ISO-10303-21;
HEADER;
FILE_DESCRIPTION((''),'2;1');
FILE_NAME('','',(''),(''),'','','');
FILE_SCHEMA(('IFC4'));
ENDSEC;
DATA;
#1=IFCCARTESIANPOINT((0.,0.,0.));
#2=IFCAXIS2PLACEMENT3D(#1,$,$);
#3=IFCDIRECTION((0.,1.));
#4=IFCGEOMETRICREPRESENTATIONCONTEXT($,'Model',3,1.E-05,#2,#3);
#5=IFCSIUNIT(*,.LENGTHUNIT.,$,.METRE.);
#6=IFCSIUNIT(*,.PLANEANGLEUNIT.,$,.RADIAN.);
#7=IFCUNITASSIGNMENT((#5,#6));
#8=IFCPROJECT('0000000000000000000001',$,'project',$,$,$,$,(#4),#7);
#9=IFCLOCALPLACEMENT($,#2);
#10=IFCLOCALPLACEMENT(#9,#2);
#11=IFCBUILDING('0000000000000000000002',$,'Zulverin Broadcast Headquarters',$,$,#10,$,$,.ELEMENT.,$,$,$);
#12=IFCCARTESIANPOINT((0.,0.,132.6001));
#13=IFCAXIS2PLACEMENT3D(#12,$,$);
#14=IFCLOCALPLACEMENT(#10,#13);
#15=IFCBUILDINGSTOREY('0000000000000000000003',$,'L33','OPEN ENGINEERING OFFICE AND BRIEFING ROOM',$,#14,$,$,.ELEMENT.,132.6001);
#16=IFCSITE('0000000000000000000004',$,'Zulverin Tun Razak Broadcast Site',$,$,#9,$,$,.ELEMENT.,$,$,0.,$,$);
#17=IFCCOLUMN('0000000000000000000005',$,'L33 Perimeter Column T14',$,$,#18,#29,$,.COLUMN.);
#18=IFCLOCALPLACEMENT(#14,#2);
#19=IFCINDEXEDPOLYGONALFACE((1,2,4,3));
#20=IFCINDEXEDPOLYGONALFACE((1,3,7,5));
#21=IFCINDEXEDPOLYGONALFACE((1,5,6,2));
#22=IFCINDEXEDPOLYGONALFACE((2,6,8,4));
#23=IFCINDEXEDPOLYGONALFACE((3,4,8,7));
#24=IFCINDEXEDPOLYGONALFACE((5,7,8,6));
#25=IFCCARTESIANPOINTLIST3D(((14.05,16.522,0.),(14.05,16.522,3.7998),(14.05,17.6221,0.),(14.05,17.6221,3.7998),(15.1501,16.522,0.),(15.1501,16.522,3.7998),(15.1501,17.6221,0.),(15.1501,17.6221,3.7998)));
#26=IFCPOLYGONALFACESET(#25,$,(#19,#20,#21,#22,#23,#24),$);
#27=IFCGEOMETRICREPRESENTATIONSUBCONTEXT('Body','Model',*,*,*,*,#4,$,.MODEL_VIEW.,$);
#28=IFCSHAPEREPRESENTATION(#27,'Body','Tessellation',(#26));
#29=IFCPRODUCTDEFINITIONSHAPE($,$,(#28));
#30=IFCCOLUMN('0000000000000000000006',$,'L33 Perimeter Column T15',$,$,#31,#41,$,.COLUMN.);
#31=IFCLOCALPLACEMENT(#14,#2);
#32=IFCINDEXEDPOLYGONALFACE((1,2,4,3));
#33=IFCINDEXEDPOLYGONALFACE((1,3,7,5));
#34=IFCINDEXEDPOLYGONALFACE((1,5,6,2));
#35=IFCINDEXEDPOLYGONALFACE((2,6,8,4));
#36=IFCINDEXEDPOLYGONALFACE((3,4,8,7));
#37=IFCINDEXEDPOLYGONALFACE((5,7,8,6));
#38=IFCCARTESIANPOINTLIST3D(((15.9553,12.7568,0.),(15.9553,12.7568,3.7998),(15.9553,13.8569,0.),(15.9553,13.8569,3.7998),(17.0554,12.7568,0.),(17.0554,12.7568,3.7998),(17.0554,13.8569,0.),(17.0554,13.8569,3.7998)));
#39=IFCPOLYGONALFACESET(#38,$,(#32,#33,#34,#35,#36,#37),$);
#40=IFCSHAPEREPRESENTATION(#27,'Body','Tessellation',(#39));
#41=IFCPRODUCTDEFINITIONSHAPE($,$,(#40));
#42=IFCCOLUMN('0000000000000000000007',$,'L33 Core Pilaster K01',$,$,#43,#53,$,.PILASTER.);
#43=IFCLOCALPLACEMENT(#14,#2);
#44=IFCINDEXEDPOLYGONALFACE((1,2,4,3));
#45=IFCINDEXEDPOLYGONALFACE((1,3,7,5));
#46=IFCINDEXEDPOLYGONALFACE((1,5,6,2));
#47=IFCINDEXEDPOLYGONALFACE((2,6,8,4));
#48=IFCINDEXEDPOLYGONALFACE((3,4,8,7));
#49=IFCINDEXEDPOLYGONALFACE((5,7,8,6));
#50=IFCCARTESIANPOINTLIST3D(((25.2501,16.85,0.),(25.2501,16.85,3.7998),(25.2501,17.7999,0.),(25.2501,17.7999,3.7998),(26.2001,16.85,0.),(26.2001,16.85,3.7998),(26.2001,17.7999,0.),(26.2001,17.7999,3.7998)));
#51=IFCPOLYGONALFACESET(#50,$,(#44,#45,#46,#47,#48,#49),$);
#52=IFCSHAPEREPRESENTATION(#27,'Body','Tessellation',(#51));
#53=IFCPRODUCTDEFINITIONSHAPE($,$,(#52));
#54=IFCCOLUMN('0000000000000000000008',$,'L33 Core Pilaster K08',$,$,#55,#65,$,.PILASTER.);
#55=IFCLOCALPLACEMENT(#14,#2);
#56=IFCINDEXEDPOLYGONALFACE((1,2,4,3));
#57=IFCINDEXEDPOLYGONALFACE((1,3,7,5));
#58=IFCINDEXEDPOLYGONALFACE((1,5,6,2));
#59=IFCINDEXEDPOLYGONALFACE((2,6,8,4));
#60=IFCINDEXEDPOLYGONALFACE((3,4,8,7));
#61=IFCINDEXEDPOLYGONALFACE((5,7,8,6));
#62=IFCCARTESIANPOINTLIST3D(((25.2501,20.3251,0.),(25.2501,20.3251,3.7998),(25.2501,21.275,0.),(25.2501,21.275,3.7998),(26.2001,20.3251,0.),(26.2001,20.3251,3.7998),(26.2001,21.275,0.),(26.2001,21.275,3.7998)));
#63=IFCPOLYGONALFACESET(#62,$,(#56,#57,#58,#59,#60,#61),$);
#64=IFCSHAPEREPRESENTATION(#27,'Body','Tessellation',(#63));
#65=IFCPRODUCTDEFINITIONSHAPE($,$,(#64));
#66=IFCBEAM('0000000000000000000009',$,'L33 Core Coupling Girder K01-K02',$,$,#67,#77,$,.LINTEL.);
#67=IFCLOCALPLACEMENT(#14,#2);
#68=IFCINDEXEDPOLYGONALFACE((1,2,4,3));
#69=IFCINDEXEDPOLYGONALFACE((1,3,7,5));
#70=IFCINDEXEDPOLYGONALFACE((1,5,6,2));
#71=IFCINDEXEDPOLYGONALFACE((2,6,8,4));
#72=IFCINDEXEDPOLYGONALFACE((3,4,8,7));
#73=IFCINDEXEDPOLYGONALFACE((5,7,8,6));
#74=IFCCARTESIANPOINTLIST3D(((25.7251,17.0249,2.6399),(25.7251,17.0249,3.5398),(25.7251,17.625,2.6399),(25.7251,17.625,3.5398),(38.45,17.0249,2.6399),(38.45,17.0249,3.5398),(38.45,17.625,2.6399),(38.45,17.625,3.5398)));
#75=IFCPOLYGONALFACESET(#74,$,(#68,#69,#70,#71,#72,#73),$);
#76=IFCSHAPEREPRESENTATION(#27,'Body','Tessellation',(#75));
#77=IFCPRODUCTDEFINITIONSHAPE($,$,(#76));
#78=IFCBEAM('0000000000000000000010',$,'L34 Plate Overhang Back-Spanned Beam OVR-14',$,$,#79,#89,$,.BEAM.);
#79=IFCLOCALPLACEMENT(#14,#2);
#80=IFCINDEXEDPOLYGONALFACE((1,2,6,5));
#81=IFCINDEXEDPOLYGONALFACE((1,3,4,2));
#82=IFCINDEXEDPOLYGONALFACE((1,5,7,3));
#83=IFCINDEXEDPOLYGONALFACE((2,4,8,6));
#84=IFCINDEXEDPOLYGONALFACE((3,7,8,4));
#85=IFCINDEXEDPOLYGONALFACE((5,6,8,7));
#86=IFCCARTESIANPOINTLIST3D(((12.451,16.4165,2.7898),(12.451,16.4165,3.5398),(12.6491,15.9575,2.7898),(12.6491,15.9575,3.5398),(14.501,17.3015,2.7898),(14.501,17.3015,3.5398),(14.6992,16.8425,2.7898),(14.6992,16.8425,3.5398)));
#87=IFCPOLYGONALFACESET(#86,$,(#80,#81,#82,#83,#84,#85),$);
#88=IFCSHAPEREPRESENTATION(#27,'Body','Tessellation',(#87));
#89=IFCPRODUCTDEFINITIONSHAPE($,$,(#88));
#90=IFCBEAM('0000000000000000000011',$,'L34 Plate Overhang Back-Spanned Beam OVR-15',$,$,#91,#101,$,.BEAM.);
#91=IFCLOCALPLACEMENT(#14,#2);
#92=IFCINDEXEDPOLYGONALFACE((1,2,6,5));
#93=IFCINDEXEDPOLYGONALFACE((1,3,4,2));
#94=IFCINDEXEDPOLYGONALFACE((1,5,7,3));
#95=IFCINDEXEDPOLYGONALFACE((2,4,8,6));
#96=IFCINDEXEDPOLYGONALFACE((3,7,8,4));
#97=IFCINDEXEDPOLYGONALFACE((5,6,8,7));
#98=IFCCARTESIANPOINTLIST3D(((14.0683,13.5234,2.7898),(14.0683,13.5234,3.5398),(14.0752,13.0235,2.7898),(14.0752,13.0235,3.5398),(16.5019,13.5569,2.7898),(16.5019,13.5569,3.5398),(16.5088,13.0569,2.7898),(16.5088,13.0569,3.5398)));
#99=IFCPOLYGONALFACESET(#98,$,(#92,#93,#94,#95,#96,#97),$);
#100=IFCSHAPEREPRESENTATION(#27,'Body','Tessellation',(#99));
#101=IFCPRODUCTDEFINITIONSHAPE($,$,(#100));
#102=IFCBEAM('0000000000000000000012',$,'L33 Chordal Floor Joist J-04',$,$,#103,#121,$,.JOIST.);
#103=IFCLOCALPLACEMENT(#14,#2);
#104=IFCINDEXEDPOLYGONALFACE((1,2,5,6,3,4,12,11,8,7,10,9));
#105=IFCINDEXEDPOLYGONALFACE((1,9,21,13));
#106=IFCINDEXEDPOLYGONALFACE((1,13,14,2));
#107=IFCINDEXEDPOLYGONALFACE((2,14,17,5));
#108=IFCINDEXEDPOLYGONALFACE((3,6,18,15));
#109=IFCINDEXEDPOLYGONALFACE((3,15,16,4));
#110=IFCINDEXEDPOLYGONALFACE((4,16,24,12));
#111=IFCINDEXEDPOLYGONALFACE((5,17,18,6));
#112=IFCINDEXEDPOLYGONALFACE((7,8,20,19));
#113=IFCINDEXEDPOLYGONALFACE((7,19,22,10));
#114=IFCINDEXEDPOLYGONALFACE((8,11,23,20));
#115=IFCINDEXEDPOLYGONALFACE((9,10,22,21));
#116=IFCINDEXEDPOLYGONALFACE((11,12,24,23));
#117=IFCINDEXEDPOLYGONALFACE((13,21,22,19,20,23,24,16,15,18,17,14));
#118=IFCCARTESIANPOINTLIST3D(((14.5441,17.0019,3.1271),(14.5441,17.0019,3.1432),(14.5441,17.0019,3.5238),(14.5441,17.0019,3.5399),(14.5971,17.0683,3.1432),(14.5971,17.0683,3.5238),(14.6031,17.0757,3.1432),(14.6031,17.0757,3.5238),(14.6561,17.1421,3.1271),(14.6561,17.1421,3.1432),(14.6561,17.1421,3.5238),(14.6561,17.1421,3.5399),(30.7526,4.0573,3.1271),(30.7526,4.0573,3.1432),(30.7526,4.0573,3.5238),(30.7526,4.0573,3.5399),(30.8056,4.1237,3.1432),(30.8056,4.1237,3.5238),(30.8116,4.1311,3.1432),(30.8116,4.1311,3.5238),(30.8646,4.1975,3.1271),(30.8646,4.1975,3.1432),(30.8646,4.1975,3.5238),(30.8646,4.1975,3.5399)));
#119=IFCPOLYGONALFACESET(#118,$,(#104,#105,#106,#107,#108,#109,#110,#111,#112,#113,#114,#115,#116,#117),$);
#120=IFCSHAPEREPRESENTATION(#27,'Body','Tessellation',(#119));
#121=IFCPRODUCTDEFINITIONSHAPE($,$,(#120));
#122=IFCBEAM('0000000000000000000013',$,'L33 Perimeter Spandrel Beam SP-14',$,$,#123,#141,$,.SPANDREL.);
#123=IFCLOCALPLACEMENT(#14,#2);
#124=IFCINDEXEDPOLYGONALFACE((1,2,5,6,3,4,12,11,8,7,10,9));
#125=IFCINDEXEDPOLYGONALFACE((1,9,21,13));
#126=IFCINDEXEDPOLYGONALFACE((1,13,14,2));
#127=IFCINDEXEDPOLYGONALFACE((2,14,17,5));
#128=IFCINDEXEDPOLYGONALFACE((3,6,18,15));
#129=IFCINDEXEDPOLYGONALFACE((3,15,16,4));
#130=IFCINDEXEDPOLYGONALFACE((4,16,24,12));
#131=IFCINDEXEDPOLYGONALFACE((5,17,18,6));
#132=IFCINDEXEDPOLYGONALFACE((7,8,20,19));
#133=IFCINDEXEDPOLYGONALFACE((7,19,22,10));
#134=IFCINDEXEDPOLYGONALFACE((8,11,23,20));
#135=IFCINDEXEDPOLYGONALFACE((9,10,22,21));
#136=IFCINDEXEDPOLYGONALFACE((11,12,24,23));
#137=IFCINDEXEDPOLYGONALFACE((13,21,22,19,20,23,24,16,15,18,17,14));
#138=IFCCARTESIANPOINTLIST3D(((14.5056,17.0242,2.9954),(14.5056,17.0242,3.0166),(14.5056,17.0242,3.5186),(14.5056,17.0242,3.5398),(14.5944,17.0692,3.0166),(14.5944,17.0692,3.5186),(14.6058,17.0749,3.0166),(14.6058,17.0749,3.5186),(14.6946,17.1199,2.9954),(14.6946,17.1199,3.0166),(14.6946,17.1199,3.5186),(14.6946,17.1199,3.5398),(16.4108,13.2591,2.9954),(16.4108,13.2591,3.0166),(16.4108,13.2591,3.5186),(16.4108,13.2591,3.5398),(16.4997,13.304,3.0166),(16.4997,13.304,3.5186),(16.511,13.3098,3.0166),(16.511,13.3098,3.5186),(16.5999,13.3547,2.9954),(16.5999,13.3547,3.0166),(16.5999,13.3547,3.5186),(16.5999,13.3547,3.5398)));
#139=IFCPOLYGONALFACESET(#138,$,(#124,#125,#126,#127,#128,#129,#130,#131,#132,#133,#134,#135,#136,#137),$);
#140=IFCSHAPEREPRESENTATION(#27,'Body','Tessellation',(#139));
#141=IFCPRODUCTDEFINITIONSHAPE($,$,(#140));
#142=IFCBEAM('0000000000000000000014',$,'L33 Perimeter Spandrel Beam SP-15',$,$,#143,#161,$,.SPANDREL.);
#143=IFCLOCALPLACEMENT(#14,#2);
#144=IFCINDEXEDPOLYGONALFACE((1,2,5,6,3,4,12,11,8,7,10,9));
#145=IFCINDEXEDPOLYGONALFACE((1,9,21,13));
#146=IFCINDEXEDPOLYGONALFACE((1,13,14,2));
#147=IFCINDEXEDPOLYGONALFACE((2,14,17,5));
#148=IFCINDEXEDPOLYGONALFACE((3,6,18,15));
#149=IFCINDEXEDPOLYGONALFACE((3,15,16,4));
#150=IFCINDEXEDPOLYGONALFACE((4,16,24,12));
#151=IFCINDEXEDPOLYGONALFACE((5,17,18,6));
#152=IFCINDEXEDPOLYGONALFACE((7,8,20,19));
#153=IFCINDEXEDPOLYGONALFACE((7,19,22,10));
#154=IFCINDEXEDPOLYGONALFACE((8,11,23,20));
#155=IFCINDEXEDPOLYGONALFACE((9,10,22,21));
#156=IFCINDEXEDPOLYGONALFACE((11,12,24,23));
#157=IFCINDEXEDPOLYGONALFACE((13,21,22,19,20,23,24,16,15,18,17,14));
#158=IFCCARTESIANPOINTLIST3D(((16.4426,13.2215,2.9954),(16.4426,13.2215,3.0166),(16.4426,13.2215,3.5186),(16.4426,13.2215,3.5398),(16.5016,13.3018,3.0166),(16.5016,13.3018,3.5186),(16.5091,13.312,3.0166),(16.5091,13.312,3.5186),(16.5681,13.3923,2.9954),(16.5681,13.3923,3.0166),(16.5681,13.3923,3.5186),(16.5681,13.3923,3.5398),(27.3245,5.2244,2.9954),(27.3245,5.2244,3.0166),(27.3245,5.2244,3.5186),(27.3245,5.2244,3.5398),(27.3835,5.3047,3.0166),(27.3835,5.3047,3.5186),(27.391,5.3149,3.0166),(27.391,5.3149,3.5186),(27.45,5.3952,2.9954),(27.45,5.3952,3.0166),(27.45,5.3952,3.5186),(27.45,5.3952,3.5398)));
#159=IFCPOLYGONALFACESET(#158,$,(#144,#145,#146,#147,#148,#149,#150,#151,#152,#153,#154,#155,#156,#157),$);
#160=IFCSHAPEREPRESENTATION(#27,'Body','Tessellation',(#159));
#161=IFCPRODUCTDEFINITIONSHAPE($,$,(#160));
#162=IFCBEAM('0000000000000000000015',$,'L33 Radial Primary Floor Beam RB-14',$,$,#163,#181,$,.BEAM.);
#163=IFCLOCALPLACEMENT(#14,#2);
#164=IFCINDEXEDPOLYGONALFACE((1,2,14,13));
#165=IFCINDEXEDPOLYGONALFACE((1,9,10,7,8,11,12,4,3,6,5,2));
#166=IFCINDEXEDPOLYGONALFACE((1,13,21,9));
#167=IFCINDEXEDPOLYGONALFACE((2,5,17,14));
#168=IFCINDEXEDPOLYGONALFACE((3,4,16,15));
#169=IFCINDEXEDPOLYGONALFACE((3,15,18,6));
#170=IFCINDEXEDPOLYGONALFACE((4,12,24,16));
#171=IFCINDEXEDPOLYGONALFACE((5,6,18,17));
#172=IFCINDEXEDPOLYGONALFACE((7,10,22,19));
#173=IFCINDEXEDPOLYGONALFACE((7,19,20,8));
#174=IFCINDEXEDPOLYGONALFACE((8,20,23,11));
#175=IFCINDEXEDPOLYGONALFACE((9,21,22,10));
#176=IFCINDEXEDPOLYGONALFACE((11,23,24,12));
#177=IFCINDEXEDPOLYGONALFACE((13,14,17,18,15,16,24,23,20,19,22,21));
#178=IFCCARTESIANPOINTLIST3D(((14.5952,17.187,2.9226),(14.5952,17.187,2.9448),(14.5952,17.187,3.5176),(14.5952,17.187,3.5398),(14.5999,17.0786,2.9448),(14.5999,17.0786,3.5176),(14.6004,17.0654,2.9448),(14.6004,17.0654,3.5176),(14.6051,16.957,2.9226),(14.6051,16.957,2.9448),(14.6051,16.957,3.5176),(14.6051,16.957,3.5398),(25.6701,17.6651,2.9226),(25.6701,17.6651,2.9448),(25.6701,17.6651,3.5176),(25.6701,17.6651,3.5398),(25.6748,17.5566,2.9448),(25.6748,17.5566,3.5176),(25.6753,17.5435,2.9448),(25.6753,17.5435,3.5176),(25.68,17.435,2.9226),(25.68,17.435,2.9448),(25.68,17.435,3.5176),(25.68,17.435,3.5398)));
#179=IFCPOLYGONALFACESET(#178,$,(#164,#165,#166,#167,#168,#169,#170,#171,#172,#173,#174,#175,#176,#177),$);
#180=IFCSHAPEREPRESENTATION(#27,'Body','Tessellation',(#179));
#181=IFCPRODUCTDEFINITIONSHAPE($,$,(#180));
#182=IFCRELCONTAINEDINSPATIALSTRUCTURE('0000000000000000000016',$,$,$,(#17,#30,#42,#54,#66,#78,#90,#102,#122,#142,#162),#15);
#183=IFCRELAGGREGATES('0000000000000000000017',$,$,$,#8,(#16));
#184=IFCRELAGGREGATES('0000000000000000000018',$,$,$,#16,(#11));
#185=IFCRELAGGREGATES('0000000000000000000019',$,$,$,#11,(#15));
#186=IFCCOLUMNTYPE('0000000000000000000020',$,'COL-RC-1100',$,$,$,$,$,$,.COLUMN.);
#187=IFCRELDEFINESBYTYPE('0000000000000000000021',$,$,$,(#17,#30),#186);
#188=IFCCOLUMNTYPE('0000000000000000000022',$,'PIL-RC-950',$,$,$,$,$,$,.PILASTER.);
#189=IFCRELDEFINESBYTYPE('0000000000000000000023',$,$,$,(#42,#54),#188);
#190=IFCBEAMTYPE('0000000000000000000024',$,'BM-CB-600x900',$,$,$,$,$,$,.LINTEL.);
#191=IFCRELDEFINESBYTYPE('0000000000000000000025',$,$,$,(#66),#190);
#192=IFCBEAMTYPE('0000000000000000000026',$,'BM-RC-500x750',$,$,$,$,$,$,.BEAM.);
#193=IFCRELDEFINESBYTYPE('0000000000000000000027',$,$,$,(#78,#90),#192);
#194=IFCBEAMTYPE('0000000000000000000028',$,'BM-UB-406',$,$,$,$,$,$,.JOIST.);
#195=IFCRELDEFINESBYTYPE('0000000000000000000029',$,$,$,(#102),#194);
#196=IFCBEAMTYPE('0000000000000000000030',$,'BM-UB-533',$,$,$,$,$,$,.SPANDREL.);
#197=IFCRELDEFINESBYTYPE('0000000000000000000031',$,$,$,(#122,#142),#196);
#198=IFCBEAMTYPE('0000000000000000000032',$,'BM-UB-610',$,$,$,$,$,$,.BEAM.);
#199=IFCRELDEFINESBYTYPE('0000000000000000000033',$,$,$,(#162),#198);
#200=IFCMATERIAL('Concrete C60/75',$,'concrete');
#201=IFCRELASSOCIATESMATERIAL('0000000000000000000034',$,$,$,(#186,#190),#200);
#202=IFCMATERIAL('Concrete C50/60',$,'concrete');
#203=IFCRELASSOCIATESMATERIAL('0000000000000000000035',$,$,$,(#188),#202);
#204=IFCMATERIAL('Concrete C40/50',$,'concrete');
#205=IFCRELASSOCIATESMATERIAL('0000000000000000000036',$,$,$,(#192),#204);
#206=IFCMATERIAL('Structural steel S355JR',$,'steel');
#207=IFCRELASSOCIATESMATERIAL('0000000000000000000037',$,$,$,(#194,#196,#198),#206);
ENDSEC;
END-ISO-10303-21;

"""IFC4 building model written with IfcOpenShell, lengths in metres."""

from ifc_helpers import new_model, si_unit, direction, frame, origin, origin_2d, place, context, subcontext, project, spatial, rectangle, i_section, extrude, material, material_profile, profile_set, type_object, element, save


model = new_model("IFC4")

# Units and contexts
model_context = context("Model", 3, precision=1e-05, world=origin(), true_north=direction((0.0, 1.0)))
body_context = subcontext(model_context, "Body", "Model", "MODEL_VIEW")
ifc_project = project(units=[si_unit("LENGTHUNIT", "METRE"), si_unit("PLANEANGLEUNIT", "RADIAN")], contexts=[model_context])

# Site, building, storey
site_placement = place(None, origin())
site = spatial("IfcSite", under=ifc_project, at=site_placement, Name="Zulverin Tun Razak Broadcast Site", CompositionType="ELEMENT", RefElevation=0.0)
building_placement = place(site_placement, origin())
building = spatial("IfcBuilding", under=site, at=building_placement, Name="Zulverin Broadcast Headquarters", CompositionType="ELEMENT")
storey_placement = place(building_placement, frame((0.0, 0.0, 132.6001)))
storey = spatial("IfcBuildingStorey", under=building, at=storey_placement, Name="L33", Description="OPEN ENGINEERING OFFICE AND BRIEFING ROOM", CompositionType="ELEMENT", Elevation=132.6001)

# Columns
ifc_material_1 = material(Name="Concrete C60/75", Category="concrete")
ifc_material_profile_1 = material_profile(ifc_material_1, rectangle(XDim=1.1001, YDim=1.1001, at=origin_2d()), Name="Concrete C60/75", Category="concrete")
ifc_profile_set_1 = profile_set([ifc_material_profile_1], Name="Concrete C60/75")
column_type_1 = type_object("IfcColumnType", Name="COL-RC-1100", PredefinedType="COLUMN", material=ifc_profile_set_1)
for number, where, z_axis, x_axis, name in (
    (1, (14.6001, 17.072, 0.0), (0.0, 0.0, 1.0), (1.0, 0.0, 0.0), "L33 Perimeter Column T14"),
    (2, (16.5054, 13.3069, 0.0), (0.0, 0.0, 1.0), (1.0, 0.0, 0.0), "L33 Perimeter Column T15"),
):
    element("IfcColumn", number, at=place(storey_placement, frame(where, z_axis=z_axis, x_axis=x_axis)), inside=storey, type_object=column_type_1, Name=name, PredefinedType="COLUMN", context=body_context, shape_type="SweptSolid", body=[
        extrude(rectangle(XDim=1.1001, YDim=1.1001, at=origin_2d()), origin(), (0.0, 0.0, 1.0), 3.7998),
    ])
ifc_material_2 = material(Name="Concrete C50/60", Category="concrete")
ifc_material_profile_2 = material_profile(ifc_material_2, rectangle(XDim=0.95, YDim=0.95, at=origin_2d()), Name="Concrete C50/60", Category="concrete")
ifc_profile_set_2 = profile_set([ifc_material_profile_2], Name="Concrete C50/60")
column_type_2 = type_object("IfcColumnType", Name="PIL-RC-950", PredefinedType="PILASTER", material=ifc_profile_set_2)
for number, where, z_axis, x_axis, name in (
    (3, (25.7251, 17.325, 0.0), (0.0, 0.0, 1.0), (1.0, 0.0, 0.0), "L33 Core Pilaster K01"),
    (4, (25.7251, 20.8, 0.0), (0.0, 0.0, 1.0), (1.0, 0.0, 0.0), "L33 Core Pilaster K08"),
):
    element("IfcColumn", number, at=place(storey_placement, frame(where, z_axis=z_axis, x_axis=x_axis)), inside=storey, type_object=column_type_2, Name=name, PredefinedType="PILASTER", context=body_context, shape_type="SweptSolid", body=[
        extrude(rectangle(XDim=0.95, YDim=0.95, at=origin_2d()), origin(), (0.0, 0.0, 1.0), 3.7998),
    ])

# Beams
ifc_material_profile_3 = material_profile(ifc_material_1, rectangle(XDim=0.6001, YDim=0.8999, at=origin_2d()), Name="Concrete C60/75", Category="concrete")
ifc_profile_set_3 = profile_set([ifc_material_profile_3], Name="Concrete C60/75")
beam_type_1 = type_object("IfcBeamType", Name="BM-CB-600x900", PredefinedType="LINTEL", material=ifc_profile_set_3)
beam_1_placement = place(storey_placement, frame((25.7251, 17.325, 3.0898), z_axis=(1.0, 0.0, 0.0), x_axis=(0.0, 1.0, 0.0)))
element("IfcBeam", 5, at=beam_1_placement, inside=storey, type_object=beam_type_1, Name="L33 Core Coupling Girder K01-K02", PredefinedType="LINTEL", context=body_context, shape_type="SweptSolid", body=[
    extrude(rectangle(XDim=0.6001, YDim=0.8999, at=origin_2d()), origin(), (0.0, 0.0, 1.0), 12.7249),
])
ifc_material_3 = material(Name="Concrete C40/50", Category="concrete")
ifc_material_profile_4 = material_profile(ifc_material_3, rectangle(XDim=0.5, YDim=0.75, at=origin_2d()), Name="Concrete C40/50", Category="concrete")
ifc_profile_set_4 = profile_set([ifc_material_profile_4], Name="Concrete C40/50")
beam_type_2 = type_object("IfcBeamType", Name="BM-RC-500x750", PredefinedType="BEAM", material=ifc_profile_set_4)
beam_2_placement = place(storey_placement, frame((14.6001, 17.072, 3.1648), z_axis=(-0.918101, -0.396346, 0.0), x_axis=(0.396346, -0.918101, 0.0)))
element("IfcBeam", 6, at=beam_2_placement, inside=storey, type_object=beam_type_2, Name="L34 Plate Overhang Back-Spanned Beam OVR-14", PredefinedType="BEAM", context=body_context, shape_type="SweptSolid", body=[
    extrude(rectangle(XDim=0.5, YDim=0.75, at=origin_2d()), origin(), (0.0, 0.0, 1.0), 2.2329),
])
beam_3_placement = place(storey_placement, frame((16.5054, 13.3069, 3.1648), z_axis=(-0.999906, -0.013743, 0.0), x_axis=(0.013743, -0.999906, 0.0)))
element("IfcBeam", 7, at=beam_3_placement, inside=storey, type_object=beam_type_2, Name="L34 Plate Overhang Back-Spanned Beam OVR-15", PredefinedType="BEAM", context=body_context, shape_type="SweptSolid", body=[
    extrude(rectangle(XDim=0.5, YDim=0.75, at=origin_2d()), origin(), (0.0, 0.0, 1.0), 2.4338),
])
ifc_material_4 = material(Name="Structural steel S355JR", Category="steel")
ifc_material_profile_5 = material_profile(ifc_material_4, i_section(OverallWidth=0.1794, OverallDepth=0.4128, WebThickness=0.0095, FlangeThickness=0.0161, at=origin_2d()), Name="Structural steel S355JR", Category="steel")
ifc_profile_set_5 = profile_set([ifc_material_profile_5], Name="Structural steel S355JR")
beam_type_3 = type_object("IfcBeamType", Name="BM-UB-406", PredefinedType="JOIST", material=ifc_profile_set_5)
beam_4_placement = place(storey_placement, frame((14.6001, 17.072, 3.3335), z_axis=(0.781391, -0.624042, 0.0), x_axis=(0.624042, 0.781391, 0.0)))
element("IfcBeam", 8, at=beam_4_placement, inside=storey, type_object=beam_type_3, Name="L33 Chordal Floor Joist J-04", PredefinedType="JOIST", context=body_context, shape_type="SweptSolid", body=[
    extrude(i_section(OverallWidth=0.1794, OverallDepth=0.4128, WebThickness=0.0095, FlangeThickness=0.0161, at=origin_2d()), origin(), (0.0, 0.0, 1.0), 20.7432),
])
ifc_material_profile_6 = material_profile(ifc_material_4, i_section(OverallWidth=0.2119, OverallDepth=0.5444, WebThickness=0.0127, FlangeThickness=0.0212, at=origin_2d()), Name="Structural steel S355JR", Category="steel")
ifc_profile_set_6 = profile_set([ifc_material_profile_6], Name="Structural steel S355JR")
beam_type_4 = type_object("IfcBeamType", Name="BM-UB-533", PredefinedType="SPANDREL", material=ifc_profile_set_6)
beam_5_placement = place(storey_placement, frame((14.6001, 17.072, 3.2676), z_axis=(0.451513, -0.892265, 0.0), x_axis=(0.892265, 0.451513, 0.0)))
element("IfcBeam", 9, at=beam_5_placement, inside=storey, type_object=beam_type_4, Name="L33 Perimeter Spandrel Beam SP-14", PredefinedType="SPANDREL", context=body_context, shape_type="SweptSolid", body=[
    extrude(i_section(OverallWidth=0.2119, OverallDepth=0.5444, WebThickness=0.0127, FlangeThickness=0.0212, at=origin_2d()), origin(), (0.0, 0.0, 1.0), 4.2197),
])
beam_6_placement = place(storey_placement, frame((16.5054, 13.3069, 3.2676), z_axis=(0.805802, -0.592185, 0.0), x_axis=(0.592185, 0.805802, 0.0)))
element("IfcBeam", 10, at=beam_6_placement, inside=storey, type_object=beam_type_4, Name="L33 Perimeter Spandrel Beam SP-15", PredefinedType="SPANDREL", context=body_context, shape_type="SweptSolid", body=[
    extrude(i_section(OverallWidth=0.2119, OverallDepth=0.5444, WebThickness=0.0127, FlangeThickness=0.0212, at=origin_2d()), origin(), (0.0, 0.0, 1.0), 13.5044),
])
ifc_material_profile_7 = material_profile(ifc_material_4, i_section(OverallWidth=0.2302, OverallDepth=0.6172, WebThickness=0.0132, FlangeThickness=0.0222, at=origin_2d()), Name="Structural steel S355JR", Category="steel")
ifc_profile_set_7 = profile_set([ifc_material_profile_7], Name="Structural steel S355JR")
beam_type_5 = type_object("IfcBeamType", Name="BM-UB-610", PredefinedType="BEAM", material=ifc_profile_set_7)
beam_7_placement = place(storey_placement, frame((25.675, 17.55, 3.2312), z_axis=(-0.99907, -0.043123, 0.0), x_axis=(0.043123, -0.99907, 0.0)))
element("IfcBeam", 11, at=beam_7_placement, inside=storey, type_object=beam_type_5, Name="L33 Radial Primary Floor Beam RB-14", PredefinedType="BEAM", context=body_context, shape_type="SweptSolid", body=[
    extrude(i_section(OverallWidth=0.2302, OverallDepth=0.6172, WebThickness=0.0132, FlangeThickness=0.0222, at=origin_2d()), origin(), (0.0, 0.0, 1.0), 11.0852),
])

save(model, "model.ifc")
